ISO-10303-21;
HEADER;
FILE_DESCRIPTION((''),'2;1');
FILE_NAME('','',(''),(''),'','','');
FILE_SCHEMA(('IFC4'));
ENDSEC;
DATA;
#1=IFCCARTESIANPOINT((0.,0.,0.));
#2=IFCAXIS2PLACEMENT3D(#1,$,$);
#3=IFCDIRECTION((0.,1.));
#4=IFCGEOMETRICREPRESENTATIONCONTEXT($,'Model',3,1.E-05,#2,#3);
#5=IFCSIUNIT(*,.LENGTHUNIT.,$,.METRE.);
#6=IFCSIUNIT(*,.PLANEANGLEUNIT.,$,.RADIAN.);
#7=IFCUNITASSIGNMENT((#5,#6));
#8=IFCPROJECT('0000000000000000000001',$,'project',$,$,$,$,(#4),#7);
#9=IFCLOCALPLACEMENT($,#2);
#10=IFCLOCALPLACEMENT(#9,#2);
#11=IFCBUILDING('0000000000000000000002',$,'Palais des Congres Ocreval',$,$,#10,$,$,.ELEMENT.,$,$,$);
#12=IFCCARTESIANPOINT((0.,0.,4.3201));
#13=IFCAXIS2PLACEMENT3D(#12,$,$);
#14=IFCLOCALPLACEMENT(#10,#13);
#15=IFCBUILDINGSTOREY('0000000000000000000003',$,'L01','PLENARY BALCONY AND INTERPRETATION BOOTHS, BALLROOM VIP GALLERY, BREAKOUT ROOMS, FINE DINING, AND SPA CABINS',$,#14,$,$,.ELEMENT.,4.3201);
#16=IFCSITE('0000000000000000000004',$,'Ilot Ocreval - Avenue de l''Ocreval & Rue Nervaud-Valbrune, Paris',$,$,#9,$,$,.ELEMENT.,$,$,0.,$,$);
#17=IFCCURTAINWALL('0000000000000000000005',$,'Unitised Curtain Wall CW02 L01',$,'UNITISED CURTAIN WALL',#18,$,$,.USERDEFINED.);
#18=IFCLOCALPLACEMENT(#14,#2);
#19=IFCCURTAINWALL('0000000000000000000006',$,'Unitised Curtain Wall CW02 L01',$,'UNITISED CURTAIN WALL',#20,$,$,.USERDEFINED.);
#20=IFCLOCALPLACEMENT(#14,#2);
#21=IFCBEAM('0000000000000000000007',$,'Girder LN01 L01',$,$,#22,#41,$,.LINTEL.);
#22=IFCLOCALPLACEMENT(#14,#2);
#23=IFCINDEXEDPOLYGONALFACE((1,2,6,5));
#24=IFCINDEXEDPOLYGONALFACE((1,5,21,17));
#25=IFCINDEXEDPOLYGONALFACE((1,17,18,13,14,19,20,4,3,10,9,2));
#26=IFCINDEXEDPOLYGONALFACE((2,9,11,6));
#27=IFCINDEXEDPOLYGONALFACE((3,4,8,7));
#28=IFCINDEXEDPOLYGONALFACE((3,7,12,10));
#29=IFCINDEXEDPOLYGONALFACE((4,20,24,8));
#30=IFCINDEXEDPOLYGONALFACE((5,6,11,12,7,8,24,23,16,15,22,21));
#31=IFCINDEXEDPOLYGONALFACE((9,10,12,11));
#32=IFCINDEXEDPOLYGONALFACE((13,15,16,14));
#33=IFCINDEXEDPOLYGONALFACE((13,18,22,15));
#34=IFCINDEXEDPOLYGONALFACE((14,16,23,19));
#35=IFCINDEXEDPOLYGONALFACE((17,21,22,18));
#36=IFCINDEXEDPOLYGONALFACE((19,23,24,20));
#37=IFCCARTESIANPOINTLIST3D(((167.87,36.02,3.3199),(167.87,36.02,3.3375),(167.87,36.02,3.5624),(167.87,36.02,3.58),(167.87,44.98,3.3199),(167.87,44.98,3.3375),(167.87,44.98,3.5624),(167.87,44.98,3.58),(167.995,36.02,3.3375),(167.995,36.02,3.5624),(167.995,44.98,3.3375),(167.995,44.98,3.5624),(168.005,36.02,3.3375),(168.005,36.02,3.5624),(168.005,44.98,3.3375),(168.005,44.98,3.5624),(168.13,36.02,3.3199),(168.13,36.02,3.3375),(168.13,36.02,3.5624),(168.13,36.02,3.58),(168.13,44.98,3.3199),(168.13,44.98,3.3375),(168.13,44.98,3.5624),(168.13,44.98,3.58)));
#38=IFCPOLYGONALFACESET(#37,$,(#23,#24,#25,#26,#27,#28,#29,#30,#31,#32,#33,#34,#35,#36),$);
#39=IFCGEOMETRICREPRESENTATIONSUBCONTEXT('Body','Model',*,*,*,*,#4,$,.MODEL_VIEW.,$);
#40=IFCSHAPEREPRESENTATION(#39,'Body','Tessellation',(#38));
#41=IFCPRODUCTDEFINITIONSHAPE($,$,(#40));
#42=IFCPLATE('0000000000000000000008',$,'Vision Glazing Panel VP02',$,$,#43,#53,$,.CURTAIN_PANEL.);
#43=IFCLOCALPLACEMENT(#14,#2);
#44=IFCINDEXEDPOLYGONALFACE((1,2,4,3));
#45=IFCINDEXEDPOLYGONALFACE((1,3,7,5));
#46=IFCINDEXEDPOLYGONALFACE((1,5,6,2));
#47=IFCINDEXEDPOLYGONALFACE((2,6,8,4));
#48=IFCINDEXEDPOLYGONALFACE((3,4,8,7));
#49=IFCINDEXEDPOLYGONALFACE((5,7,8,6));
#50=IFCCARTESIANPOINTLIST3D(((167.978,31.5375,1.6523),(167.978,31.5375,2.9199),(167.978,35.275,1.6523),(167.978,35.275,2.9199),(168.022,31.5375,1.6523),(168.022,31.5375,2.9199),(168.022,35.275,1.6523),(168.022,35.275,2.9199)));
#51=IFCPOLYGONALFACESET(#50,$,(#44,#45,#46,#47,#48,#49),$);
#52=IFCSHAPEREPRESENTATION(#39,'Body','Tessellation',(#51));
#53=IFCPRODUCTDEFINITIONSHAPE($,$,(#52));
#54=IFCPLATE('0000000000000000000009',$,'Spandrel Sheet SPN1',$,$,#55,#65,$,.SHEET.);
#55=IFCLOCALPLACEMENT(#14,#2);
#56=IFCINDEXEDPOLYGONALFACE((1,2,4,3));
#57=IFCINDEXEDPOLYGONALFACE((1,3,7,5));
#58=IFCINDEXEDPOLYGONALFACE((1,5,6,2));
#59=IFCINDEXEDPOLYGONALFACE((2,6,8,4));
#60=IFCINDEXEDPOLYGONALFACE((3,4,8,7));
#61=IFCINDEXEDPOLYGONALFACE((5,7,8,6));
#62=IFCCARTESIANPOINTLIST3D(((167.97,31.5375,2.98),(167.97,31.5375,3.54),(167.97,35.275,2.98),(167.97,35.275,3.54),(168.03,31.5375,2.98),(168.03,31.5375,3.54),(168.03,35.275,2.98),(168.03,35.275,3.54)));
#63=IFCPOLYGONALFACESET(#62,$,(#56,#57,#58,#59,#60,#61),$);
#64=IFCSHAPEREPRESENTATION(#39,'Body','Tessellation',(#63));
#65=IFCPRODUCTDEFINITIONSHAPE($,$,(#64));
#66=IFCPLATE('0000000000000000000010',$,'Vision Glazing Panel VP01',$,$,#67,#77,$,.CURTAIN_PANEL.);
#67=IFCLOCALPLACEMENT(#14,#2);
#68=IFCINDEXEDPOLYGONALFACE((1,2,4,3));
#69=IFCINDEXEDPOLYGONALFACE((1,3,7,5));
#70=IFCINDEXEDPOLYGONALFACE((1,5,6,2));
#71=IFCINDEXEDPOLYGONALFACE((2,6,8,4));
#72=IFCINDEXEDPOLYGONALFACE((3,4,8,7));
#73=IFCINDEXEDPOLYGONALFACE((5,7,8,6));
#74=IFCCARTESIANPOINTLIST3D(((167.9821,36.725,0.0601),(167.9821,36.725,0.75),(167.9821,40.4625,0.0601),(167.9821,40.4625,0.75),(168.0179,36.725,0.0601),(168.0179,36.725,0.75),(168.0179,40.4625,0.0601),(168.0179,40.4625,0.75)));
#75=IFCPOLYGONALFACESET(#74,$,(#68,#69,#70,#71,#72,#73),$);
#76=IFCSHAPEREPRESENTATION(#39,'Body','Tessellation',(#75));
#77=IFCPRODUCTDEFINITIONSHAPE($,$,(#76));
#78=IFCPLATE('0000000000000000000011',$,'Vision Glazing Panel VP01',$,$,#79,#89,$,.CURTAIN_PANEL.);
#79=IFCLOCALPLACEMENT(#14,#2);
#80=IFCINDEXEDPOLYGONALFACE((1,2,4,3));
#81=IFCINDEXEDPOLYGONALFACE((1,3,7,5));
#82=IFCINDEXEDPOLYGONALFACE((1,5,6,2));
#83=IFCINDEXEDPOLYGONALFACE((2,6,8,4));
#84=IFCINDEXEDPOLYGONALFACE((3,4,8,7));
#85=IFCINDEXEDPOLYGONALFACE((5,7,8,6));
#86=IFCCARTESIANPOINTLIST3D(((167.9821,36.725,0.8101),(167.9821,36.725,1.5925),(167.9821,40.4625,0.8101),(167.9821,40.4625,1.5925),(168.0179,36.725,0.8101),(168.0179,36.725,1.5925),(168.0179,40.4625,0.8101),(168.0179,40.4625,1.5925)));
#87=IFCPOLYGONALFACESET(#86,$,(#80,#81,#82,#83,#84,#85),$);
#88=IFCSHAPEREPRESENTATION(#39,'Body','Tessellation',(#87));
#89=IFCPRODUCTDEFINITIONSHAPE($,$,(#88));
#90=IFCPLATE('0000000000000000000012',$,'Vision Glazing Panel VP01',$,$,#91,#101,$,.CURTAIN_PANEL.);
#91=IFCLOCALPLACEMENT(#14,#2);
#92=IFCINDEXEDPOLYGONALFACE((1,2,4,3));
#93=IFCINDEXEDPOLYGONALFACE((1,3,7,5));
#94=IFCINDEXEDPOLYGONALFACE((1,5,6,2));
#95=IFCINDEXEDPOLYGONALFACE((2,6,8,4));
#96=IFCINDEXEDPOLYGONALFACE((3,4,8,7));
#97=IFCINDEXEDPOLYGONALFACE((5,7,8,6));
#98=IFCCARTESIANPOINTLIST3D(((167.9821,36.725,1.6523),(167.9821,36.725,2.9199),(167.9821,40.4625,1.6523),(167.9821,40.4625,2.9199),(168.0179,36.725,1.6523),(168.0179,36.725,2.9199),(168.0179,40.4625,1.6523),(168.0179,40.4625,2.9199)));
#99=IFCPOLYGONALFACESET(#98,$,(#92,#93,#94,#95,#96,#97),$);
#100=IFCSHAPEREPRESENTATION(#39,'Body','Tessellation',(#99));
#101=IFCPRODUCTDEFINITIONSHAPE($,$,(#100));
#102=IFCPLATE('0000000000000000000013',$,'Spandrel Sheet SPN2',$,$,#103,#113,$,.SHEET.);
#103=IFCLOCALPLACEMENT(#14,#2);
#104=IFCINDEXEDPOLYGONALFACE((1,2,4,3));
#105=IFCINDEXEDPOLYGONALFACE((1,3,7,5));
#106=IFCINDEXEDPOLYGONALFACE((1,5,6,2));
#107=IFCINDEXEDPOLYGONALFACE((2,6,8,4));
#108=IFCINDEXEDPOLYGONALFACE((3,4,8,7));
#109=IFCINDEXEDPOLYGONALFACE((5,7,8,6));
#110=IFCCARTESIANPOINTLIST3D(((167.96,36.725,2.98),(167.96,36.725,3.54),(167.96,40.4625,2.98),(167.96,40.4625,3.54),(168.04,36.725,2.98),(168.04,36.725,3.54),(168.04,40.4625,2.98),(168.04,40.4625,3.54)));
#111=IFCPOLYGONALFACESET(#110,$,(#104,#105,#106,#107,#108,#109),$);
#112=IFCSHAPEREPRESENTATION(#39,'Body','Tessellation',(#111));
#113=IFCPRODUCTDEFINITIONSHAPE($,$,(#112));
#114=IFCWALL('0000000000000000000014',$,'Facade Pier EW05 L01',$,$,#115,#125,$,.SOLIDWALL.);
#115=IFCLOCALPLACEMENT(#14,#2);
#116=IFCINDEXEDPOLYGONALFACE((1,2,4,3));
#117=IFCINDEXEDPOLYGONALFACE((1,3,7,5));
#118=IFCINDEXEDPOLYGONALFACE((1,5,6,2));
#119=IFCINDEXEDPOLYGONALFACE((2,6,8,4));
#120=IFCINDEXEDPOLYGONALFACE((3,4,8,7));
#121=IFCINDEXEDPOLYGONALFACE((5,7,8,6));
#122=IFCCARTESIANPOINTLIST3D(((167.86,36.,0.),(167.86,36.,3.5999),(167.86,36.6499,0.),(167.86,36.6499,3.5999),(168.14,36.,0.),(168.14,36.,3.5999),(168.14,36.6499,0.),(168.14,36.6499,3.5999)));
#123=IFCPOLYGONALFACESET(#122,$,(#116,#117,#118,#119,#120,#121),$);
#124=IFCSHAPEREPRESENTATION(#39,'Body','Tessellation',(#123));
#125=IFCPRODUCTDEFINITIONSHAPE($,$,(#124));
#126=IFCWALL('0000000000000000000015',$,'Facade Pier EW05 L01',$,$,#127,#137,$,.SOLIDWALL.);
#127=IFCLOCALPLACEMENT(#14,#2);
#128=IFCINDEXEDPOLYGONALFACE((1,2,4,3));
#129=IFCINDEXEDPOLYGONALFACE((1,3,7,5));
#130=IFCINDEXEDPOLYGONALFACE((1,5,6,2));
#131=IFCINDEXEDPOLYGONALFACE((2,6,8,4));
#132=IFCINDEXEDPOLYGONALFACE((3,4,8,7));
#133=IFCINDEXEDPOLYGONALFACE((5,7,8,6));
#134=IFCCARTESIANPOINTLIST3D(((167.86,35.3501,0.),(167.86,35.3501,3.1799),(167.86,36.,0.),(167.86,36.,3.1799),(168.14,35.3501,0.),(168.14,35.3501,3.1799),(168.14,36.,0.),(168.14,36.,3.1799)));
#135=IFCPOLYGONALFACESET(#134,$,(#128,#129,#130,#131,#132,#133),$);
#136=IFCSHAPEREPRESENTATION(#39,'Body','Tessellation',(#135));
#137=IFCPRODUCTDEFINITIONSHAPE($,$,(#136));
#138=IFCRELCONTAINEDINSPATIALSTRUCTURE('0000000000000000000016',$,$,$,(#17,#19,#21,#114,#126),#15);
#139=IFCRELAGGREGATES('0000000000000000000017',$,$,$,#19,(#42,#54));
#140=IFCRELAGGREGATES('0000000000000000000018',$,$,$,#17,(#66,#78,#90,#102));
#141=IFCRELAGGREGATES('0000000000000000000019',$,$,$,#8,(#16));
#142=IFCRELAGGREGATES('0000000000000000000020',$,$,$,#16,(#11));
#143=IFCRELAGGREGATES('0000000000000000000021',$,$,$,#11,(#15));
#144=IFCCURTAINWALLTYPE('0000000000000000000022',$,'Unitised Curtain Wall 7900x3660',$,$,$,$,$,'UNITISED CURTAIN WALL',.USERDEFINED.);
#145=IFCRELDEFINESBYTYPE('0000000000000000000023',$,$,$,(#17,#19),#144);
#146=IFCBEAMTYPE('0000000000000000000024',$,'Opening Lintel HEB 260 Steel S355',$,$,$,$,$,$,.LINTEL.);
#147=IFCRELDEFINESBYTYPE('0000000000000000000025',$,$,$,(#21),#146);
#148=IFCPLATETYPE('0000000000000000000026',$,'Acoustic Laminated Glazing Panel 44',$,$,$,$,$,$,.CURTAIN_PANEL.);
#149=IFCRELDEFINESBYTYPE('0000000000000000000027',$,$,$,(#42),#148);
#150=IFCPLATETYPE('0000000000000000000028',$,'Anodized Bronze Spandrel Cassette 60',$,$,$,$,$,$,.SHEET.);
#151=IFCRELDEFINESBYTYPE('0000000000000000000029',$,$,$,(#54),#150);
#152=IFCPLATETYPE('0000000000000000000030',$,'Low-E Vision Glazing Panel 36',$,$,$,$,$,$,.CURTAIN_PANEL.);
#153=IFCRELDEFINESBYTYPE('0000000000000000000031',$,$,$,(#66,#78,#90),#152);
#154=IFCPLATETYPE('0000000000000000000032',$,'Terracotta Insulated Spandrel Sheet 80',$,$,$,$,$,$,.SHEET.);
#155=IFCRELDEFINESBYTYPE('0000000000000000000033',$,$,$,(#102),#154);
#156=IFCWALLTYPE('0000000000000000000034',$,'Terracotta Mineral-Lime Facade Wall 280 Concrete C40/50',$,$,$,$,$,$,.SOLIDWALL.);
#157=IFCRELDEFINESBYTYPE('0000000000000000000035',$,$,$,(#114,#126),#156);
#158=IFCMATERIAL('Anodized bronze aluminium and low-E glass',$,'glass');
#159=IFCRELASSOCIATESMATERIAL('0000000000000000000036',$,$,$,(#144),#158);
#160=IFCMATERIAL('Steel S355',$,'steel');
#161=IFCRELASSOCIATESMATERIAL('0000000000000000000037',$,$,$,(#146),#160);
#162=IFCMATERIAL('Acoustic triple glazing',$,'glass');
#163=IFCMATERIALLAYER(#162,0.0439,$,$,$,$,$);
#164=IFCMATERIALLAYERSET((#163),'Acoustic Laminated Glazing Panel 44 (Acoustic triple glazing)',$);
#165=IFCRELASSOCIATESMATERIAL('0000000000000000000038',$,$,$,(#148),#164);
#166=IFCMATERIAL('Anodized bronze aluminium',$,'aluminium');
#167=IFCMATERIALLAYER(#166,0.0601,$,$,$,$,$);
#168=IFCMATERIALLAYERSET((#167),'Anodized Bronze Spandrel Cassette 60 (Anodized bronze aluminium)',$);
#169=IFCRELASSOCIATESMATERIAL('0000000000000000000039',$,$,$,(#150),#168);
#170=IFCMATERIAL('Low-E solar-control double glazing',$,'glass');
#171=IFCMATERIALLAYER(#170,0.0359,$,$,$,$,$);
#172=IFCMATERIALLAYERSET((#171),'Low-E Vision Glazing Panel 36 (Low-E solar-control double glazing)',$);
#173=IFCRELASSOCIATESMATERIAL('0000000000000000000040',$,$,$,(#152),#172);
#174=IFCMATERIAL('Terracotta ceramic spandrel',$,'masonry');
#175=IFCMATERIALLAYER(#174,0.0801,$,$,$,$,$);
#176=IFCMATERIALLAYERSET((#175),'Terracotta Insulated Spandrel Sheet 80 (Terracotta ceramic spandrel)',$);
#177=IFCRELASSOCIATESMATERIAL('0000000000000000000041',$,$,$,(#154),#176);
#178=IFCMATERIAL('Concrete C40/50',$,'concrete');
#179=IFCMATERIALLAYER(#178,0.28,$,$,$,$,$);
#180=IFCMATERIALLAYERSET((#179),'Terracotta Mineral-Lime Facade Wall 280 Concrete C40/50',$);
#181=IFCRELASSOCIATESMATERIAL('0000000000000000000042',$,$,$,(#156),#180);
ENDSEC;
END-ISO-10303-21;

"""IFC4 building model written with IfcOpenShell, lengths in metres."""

from ifc_helpers import new_model, si_unit, direction, frame, frame_2d, origin, origin_2d, place, context, subcontext, project, spatial, rectangle, i_section, extrude, material, layer, layer_set, material_profile, profile_set, type_object, element, aggregate, save


model = new_model("IFC4")

# Units and contexts
model_context = context("Model", 3, precision=1e-05, world=origin(), true_north=direction((0.0, 1.0)))
body_context = subcontext(model_context, "Body", "Model", "MODEL_VIEW")
ifc_project = project(units=[si_unit("LENGTHUNIT", "METRE"), si_unit("PLANEANGLEUNIT", "RADIAN")], contexts=[model_context])

# Site, building, storey
site_placement = place(None, origin())
site = spatial("IfcSite", under=ifc_project, at=site_placement, Name="Ilot Ocreval - Avenue de l'Ocreval & Rue Nervaud-Valbrune, Paris", CompositionType="ELEMENT", RefElevation=0.0)
building_placement = place(site_placement, origin())
building = spatial("IfcBuilding", under=site, at=building_placement, Name="Palais des Congres Ocreval", CompositionType="ELEMENT")
storey_placement = place(building_placement, frame((0.0, 0.0, 4.3201)))
storey = spatial("IfcBuildingStorey", under=building, at=storey_placement, Name="L01", Description="PLENARY BALCONY AND INTERPRETATION BOOTHS, BALLROOM VIP GALLERY, BREAKOUT ROOMS, FINE DINING, AND SPA CABINS", CompositionType="ELEMENT", Elevation=4.3201)

# Shared definitions
ifc_material_1 = material(Name="Steel S355", Category="steel")

# Curtain wall
ifc_material_2 = material(Name="Anodized bronze aluminium and low-E glass", Category="glass")
curtain_wall_type = type_object("IfcCurtainWallType", Name="Unitised Curtain Wall 7900x3660", ElementType="UNITISED CURTAIN WALL", PredefinedType="USERDEFINED", material=ifc_material_2)
curtain_wall_1_placement = place(storey_placement, origin())
curtain_wall_1 = element("IfcCurtainWall", 1, at=curtain_wall_1_placement, inside=storey, type_object=curtain_wall_type, Name="Unitised Curtain Wall CW02 L01", ObjectType="UNITISED CURTAIN WALL", PredefinedType="USERDEFINED")
ifc_material_3 = material(Name="Anodized bronze aluminium", Category="aluminium")

# Curtain wall
curtain_wall_2_placement = place(storey_placement, origin())
curtain_wall_2 = element("IfcCurtainWall", 2, at=curtain_wall_2_placement, inside=storey, type_object=curtain_wall_type, Name="Unitised Curtain Wall CW02 L01", ObjectType="UNITISED CURTAIN WALL", PredefinedType="USERDEFINED")

# Beam
ifc_material_profile_1 = material_profile(ifc_material_1, i_section(OverallWidth=0.26, OverallDepth=0.26, WebThickness=0.01, FlangeThickness=0.0176, at=origin_2d()), Name="HEB 260")
ifc_profile_set_1 = profile_set([ifc_material_profile_1], Name="Steel S355")
beam_type = type_object("IfcBeamType", Name="Opening Lintel HEB 260 Steel S355", PredefinedType="LINTEL", material=ifc_profile_set_1)
beam_placement = place(storey_placement, frame((168.0, 36.02, 3.45), z_axis=(0.0, 1.0, 0.0), x_axis=(-1.0, 0.0, 0.0)))
element("IfcBeam", 3, at=beam_placement, inside=storey, type_object=beam_type, Name="Girder LN01 L01", PredefinedType="LINTEL", context=body_context, shape_type="SweptSolid", body=[
    extrude(i_section(OverallWidth=0.26, OverallDepth=0.26, WebThickness=0.01, FlangeThickness=0.0176, at=origin_2d()), origin(), (0.0, 0.0, 1.0), 8.96),
])

# Plates
ifc_material_4 = material(Name="Acoustic triple glazing", Category="glass")
ifc_layer_1 = layer(ifc_material_4, 0.0439)
ifc_layer_set_1 = layer_set([ifc_layer_1], Name="Acoustic Laminated Glazing Panel 44 (Acoustic triple glazing)")
plate_type_1 = type_object("IfcPlateType", Name="Acoustic Laminated Glazing Panel 44", PredefinedType="CURTAIN_PANEL", material=ifc_layer_set_1)
plate_1_placement = place(storey_placement, frame((168.0, 33.4062, 1.6523), z_axis=(0.0, 0.0, 1.0), x_axis=(0.0, -1.0, 0.0)))
plate_1 = element("IfcPlate", 4, at=plate_1_placement, type_object=plate_type_1, Name="Vision Glazing Panel VP02", PredefinedType="CURTAIN_PANEL", context=body_context, shape_type="SweptSolid", body=[
    extrude(rectangle(XDim=3.7375, YDim=0.0439, at=origin_2d()), origin(), (0.0, 0.0, 1.0), 1.2676),
])
ifc_layer_2 = layer(ifc_material_3, 0.0601)
ifc_layer_set_2 = layer_set([ifc_layer_2], Name="Anodized Bronze Spandrel Cassette 60 (Anodized bronze aluminium)")
plate_type_2 = type_object("IfcPlateType", Name="Anodized Bronze Spandrel Cassette 60", PredefinedType="SHEET", material=ifc_layer_set_2)
plate_2_placement = place(storey_placement, frame((168.0, 33.4062, 2.98), z_axis=(0.0, 0.0, 1.0), x_axis=(0.0, -1.0, 0.0)))
plate_2 = element("IfcPlate", 5, at=plate_2_placement, type_object=plate_type_2, Name="Spandrel Sheet SPN1", PredefinedType="SHEET", context=body_context, shape_type="SweptSolid", body=[
    extrude(rectangle(XDim=3.7375, YDim=0.0601, at=origin_2d()), origin(), (0.0, 0.0, 1.0), 0.5601),
])
aggregate(curtain_wall_2, [plate_1, plate_2])
ifc_material_5 = material(Name="Low-E solar-control double glazing", Category="glass")
ifc_layer_3 = layer(ifc_material_5, 0.0359)
ifc_layer_set_3 = layer_set([ifc_layer_3], Name="Low-E Vision Glazing Panel 36 (Low-E solar-control double glazing)")
plate_type_3 = type_object("IfcPlateType", Name="Low-E Vision Glazing Panel 36", PredefinedType="CURTAIN_PANEL", material=ifc_layer_set_3)
plate_3_placement = place(storey_placement, frame((168.0, 38.5938, 0.0601), z_axis=(0.0, 0.0, 1.0), x_axis=(0.0, -1.0, 0.0)))
plate_3 = element("IfcPlate", 6, at=plate_3_placement, type_object=plate_type_3, Name="Vision Glazing Panel VP01", PredefinedType="CURTAIN_PANEL", context=body_context, shape_type="SweptSolid", body=[
    extrude(rectangle(XDim=3.7375, YDim=0.0359, at=origin_2d()), origin(), (0.0, 0.0, 1.0), 0.6899),
])
plate_4_placement = place(storey_placement, frame((168.0, 38.5938, 0.8101), z_axis=(0.0, 0.0, 1.0), x_axis=(0.0, -1.0, 0.0)))
plate_4 = element("IfcPlate", 7, at=plate_4_placement, type_object=plate_type_3, Name="Vision Glazing Panel VP01", PredefinedType="CURTAIN_PANEL", context=body_context, shape_type="SweptSolid", body=[
    extrude(rectangle(XDim=3.7375, YDim=0.0359, at=origin_2d()), origin(), (0.0, 0.0, 1.0), 0.7825),
])
plate_5_placement = place(storey_placement, frame((168.0, 38.5938, 1.6523), z_axis=(0.0, 0.0, 1.0), x_axis=(0.0, -1.0, 0.0)))
plate_5 = element("IfcPlate", 8, at=plate_5_placement, type_object=plate_type_3, Name="Vision Glazing Panel VP01", PredefinedType="CURTAIN_PANEL", context=body_context, shape_type="SweptSolid", body=[
    extrude(rectangle(XDim=3.7375, YDim=0.0359, at=origin_2d()), origin(), (0.0, 0.0, 1.0), 1.2676),
])
ifc_material_6 = material(Name="Terracotta ceramic spandrel", Category="masonry")
ifc_layer_4 = layer(ifc_material_6, 0.0801)
ifc_layer_set_4 = layer_set([ifc_layer_4], Name="Terracotta Insulated Spandrel Sheet 80 (Terracotta ceramic spandrel)")
plate_type_4 = type_object("IfcPlateType", Name="Terracotta Insulated Spandrel Sheet 80", PredefinedType="SHEET", material=ifc_layer_set_4)
plate_6_placement = place(storey_placement, frame((168.0, 38.5938, 2.98), z_axis=(0.0, 0.0, 1.0), x_axis=(0.0, -1.0, 0.0)))
plate_6 = element("IfcPlate", 9, at=plate_6_placement, type_object=plate_type_4, Name="Spandrel Sheet SPN2", PredefinedType="SHEET", context=body_context, shape_type="SweptSolid", body=[
    extrude(rectangle(XDim=3.7375, YDim=0.0801, at=origin_2d()), origin(), (0.0, 0.0, 1.0), 0.5601),
])
aggregate(curtain_wall_1, [plate_3, plate_4, plate_5, plate_6])

# Walls
ifc_material_7 = material(Name="Concrete C40/50", Category="concrete")
ifc_layer_5 = layer(ifc_material_7, 0.28)
ifc_layer_set_5 = layer_set([ifc_layer_5], Name="Terracotta Mineral-Lime Facade Wall 280 Concrete C40/50")
wall_type = type_object("IfcWallType", Name="Terracotta Mineral-Lime Facade Wall 280 Concrete C40/50", PredefinedType="SOLIDWALL", material=ifc_layer_set_5)
wall_1_placement = place(storey_placement, frame((168.0, 36.6499, 0.0), z_axis=(0.0, 0.0, 1.0), x_axis=(0.0, -1.0, 0.0)))
element("IfcWall", 10, at=wall_1_placement, inside=storey, type_object=wall_type, Name="Facade Pier EW05 L01", PredefinedType="SOLIDWALL", context=body_context, shape_type="SweptSolid", body=[
    extrude(rectangle(XDim=0.6499, YDim=0.28, at=frame_2d((0.325, 0.0))), origin(), (0.0, 0.0, 1.0), 3.5999),
])
wall_2_placement = place(storey_placement, frame((168.0, 36.0, 0.0), z_axis=(0.0, 0.0, 1.0), x_axis=(0.0, -1.0, 0.0)))
element("IfcWall", 11, at=wall_2_placement, inside=storey, type_object=wall_type, Name="Facade Pier EW05 L01", PredefinedType="SOLIDWALL", context=body_context, shape_type="SweptSolid", body=[
    extrude(rectangle(XDim=0.6499, YDim=0.28, at=frame_2d((0.325, 0.0))), origin(), (0.0, 0.0, 1.0), 3.1799),
])

save(model, "model.ifc")
